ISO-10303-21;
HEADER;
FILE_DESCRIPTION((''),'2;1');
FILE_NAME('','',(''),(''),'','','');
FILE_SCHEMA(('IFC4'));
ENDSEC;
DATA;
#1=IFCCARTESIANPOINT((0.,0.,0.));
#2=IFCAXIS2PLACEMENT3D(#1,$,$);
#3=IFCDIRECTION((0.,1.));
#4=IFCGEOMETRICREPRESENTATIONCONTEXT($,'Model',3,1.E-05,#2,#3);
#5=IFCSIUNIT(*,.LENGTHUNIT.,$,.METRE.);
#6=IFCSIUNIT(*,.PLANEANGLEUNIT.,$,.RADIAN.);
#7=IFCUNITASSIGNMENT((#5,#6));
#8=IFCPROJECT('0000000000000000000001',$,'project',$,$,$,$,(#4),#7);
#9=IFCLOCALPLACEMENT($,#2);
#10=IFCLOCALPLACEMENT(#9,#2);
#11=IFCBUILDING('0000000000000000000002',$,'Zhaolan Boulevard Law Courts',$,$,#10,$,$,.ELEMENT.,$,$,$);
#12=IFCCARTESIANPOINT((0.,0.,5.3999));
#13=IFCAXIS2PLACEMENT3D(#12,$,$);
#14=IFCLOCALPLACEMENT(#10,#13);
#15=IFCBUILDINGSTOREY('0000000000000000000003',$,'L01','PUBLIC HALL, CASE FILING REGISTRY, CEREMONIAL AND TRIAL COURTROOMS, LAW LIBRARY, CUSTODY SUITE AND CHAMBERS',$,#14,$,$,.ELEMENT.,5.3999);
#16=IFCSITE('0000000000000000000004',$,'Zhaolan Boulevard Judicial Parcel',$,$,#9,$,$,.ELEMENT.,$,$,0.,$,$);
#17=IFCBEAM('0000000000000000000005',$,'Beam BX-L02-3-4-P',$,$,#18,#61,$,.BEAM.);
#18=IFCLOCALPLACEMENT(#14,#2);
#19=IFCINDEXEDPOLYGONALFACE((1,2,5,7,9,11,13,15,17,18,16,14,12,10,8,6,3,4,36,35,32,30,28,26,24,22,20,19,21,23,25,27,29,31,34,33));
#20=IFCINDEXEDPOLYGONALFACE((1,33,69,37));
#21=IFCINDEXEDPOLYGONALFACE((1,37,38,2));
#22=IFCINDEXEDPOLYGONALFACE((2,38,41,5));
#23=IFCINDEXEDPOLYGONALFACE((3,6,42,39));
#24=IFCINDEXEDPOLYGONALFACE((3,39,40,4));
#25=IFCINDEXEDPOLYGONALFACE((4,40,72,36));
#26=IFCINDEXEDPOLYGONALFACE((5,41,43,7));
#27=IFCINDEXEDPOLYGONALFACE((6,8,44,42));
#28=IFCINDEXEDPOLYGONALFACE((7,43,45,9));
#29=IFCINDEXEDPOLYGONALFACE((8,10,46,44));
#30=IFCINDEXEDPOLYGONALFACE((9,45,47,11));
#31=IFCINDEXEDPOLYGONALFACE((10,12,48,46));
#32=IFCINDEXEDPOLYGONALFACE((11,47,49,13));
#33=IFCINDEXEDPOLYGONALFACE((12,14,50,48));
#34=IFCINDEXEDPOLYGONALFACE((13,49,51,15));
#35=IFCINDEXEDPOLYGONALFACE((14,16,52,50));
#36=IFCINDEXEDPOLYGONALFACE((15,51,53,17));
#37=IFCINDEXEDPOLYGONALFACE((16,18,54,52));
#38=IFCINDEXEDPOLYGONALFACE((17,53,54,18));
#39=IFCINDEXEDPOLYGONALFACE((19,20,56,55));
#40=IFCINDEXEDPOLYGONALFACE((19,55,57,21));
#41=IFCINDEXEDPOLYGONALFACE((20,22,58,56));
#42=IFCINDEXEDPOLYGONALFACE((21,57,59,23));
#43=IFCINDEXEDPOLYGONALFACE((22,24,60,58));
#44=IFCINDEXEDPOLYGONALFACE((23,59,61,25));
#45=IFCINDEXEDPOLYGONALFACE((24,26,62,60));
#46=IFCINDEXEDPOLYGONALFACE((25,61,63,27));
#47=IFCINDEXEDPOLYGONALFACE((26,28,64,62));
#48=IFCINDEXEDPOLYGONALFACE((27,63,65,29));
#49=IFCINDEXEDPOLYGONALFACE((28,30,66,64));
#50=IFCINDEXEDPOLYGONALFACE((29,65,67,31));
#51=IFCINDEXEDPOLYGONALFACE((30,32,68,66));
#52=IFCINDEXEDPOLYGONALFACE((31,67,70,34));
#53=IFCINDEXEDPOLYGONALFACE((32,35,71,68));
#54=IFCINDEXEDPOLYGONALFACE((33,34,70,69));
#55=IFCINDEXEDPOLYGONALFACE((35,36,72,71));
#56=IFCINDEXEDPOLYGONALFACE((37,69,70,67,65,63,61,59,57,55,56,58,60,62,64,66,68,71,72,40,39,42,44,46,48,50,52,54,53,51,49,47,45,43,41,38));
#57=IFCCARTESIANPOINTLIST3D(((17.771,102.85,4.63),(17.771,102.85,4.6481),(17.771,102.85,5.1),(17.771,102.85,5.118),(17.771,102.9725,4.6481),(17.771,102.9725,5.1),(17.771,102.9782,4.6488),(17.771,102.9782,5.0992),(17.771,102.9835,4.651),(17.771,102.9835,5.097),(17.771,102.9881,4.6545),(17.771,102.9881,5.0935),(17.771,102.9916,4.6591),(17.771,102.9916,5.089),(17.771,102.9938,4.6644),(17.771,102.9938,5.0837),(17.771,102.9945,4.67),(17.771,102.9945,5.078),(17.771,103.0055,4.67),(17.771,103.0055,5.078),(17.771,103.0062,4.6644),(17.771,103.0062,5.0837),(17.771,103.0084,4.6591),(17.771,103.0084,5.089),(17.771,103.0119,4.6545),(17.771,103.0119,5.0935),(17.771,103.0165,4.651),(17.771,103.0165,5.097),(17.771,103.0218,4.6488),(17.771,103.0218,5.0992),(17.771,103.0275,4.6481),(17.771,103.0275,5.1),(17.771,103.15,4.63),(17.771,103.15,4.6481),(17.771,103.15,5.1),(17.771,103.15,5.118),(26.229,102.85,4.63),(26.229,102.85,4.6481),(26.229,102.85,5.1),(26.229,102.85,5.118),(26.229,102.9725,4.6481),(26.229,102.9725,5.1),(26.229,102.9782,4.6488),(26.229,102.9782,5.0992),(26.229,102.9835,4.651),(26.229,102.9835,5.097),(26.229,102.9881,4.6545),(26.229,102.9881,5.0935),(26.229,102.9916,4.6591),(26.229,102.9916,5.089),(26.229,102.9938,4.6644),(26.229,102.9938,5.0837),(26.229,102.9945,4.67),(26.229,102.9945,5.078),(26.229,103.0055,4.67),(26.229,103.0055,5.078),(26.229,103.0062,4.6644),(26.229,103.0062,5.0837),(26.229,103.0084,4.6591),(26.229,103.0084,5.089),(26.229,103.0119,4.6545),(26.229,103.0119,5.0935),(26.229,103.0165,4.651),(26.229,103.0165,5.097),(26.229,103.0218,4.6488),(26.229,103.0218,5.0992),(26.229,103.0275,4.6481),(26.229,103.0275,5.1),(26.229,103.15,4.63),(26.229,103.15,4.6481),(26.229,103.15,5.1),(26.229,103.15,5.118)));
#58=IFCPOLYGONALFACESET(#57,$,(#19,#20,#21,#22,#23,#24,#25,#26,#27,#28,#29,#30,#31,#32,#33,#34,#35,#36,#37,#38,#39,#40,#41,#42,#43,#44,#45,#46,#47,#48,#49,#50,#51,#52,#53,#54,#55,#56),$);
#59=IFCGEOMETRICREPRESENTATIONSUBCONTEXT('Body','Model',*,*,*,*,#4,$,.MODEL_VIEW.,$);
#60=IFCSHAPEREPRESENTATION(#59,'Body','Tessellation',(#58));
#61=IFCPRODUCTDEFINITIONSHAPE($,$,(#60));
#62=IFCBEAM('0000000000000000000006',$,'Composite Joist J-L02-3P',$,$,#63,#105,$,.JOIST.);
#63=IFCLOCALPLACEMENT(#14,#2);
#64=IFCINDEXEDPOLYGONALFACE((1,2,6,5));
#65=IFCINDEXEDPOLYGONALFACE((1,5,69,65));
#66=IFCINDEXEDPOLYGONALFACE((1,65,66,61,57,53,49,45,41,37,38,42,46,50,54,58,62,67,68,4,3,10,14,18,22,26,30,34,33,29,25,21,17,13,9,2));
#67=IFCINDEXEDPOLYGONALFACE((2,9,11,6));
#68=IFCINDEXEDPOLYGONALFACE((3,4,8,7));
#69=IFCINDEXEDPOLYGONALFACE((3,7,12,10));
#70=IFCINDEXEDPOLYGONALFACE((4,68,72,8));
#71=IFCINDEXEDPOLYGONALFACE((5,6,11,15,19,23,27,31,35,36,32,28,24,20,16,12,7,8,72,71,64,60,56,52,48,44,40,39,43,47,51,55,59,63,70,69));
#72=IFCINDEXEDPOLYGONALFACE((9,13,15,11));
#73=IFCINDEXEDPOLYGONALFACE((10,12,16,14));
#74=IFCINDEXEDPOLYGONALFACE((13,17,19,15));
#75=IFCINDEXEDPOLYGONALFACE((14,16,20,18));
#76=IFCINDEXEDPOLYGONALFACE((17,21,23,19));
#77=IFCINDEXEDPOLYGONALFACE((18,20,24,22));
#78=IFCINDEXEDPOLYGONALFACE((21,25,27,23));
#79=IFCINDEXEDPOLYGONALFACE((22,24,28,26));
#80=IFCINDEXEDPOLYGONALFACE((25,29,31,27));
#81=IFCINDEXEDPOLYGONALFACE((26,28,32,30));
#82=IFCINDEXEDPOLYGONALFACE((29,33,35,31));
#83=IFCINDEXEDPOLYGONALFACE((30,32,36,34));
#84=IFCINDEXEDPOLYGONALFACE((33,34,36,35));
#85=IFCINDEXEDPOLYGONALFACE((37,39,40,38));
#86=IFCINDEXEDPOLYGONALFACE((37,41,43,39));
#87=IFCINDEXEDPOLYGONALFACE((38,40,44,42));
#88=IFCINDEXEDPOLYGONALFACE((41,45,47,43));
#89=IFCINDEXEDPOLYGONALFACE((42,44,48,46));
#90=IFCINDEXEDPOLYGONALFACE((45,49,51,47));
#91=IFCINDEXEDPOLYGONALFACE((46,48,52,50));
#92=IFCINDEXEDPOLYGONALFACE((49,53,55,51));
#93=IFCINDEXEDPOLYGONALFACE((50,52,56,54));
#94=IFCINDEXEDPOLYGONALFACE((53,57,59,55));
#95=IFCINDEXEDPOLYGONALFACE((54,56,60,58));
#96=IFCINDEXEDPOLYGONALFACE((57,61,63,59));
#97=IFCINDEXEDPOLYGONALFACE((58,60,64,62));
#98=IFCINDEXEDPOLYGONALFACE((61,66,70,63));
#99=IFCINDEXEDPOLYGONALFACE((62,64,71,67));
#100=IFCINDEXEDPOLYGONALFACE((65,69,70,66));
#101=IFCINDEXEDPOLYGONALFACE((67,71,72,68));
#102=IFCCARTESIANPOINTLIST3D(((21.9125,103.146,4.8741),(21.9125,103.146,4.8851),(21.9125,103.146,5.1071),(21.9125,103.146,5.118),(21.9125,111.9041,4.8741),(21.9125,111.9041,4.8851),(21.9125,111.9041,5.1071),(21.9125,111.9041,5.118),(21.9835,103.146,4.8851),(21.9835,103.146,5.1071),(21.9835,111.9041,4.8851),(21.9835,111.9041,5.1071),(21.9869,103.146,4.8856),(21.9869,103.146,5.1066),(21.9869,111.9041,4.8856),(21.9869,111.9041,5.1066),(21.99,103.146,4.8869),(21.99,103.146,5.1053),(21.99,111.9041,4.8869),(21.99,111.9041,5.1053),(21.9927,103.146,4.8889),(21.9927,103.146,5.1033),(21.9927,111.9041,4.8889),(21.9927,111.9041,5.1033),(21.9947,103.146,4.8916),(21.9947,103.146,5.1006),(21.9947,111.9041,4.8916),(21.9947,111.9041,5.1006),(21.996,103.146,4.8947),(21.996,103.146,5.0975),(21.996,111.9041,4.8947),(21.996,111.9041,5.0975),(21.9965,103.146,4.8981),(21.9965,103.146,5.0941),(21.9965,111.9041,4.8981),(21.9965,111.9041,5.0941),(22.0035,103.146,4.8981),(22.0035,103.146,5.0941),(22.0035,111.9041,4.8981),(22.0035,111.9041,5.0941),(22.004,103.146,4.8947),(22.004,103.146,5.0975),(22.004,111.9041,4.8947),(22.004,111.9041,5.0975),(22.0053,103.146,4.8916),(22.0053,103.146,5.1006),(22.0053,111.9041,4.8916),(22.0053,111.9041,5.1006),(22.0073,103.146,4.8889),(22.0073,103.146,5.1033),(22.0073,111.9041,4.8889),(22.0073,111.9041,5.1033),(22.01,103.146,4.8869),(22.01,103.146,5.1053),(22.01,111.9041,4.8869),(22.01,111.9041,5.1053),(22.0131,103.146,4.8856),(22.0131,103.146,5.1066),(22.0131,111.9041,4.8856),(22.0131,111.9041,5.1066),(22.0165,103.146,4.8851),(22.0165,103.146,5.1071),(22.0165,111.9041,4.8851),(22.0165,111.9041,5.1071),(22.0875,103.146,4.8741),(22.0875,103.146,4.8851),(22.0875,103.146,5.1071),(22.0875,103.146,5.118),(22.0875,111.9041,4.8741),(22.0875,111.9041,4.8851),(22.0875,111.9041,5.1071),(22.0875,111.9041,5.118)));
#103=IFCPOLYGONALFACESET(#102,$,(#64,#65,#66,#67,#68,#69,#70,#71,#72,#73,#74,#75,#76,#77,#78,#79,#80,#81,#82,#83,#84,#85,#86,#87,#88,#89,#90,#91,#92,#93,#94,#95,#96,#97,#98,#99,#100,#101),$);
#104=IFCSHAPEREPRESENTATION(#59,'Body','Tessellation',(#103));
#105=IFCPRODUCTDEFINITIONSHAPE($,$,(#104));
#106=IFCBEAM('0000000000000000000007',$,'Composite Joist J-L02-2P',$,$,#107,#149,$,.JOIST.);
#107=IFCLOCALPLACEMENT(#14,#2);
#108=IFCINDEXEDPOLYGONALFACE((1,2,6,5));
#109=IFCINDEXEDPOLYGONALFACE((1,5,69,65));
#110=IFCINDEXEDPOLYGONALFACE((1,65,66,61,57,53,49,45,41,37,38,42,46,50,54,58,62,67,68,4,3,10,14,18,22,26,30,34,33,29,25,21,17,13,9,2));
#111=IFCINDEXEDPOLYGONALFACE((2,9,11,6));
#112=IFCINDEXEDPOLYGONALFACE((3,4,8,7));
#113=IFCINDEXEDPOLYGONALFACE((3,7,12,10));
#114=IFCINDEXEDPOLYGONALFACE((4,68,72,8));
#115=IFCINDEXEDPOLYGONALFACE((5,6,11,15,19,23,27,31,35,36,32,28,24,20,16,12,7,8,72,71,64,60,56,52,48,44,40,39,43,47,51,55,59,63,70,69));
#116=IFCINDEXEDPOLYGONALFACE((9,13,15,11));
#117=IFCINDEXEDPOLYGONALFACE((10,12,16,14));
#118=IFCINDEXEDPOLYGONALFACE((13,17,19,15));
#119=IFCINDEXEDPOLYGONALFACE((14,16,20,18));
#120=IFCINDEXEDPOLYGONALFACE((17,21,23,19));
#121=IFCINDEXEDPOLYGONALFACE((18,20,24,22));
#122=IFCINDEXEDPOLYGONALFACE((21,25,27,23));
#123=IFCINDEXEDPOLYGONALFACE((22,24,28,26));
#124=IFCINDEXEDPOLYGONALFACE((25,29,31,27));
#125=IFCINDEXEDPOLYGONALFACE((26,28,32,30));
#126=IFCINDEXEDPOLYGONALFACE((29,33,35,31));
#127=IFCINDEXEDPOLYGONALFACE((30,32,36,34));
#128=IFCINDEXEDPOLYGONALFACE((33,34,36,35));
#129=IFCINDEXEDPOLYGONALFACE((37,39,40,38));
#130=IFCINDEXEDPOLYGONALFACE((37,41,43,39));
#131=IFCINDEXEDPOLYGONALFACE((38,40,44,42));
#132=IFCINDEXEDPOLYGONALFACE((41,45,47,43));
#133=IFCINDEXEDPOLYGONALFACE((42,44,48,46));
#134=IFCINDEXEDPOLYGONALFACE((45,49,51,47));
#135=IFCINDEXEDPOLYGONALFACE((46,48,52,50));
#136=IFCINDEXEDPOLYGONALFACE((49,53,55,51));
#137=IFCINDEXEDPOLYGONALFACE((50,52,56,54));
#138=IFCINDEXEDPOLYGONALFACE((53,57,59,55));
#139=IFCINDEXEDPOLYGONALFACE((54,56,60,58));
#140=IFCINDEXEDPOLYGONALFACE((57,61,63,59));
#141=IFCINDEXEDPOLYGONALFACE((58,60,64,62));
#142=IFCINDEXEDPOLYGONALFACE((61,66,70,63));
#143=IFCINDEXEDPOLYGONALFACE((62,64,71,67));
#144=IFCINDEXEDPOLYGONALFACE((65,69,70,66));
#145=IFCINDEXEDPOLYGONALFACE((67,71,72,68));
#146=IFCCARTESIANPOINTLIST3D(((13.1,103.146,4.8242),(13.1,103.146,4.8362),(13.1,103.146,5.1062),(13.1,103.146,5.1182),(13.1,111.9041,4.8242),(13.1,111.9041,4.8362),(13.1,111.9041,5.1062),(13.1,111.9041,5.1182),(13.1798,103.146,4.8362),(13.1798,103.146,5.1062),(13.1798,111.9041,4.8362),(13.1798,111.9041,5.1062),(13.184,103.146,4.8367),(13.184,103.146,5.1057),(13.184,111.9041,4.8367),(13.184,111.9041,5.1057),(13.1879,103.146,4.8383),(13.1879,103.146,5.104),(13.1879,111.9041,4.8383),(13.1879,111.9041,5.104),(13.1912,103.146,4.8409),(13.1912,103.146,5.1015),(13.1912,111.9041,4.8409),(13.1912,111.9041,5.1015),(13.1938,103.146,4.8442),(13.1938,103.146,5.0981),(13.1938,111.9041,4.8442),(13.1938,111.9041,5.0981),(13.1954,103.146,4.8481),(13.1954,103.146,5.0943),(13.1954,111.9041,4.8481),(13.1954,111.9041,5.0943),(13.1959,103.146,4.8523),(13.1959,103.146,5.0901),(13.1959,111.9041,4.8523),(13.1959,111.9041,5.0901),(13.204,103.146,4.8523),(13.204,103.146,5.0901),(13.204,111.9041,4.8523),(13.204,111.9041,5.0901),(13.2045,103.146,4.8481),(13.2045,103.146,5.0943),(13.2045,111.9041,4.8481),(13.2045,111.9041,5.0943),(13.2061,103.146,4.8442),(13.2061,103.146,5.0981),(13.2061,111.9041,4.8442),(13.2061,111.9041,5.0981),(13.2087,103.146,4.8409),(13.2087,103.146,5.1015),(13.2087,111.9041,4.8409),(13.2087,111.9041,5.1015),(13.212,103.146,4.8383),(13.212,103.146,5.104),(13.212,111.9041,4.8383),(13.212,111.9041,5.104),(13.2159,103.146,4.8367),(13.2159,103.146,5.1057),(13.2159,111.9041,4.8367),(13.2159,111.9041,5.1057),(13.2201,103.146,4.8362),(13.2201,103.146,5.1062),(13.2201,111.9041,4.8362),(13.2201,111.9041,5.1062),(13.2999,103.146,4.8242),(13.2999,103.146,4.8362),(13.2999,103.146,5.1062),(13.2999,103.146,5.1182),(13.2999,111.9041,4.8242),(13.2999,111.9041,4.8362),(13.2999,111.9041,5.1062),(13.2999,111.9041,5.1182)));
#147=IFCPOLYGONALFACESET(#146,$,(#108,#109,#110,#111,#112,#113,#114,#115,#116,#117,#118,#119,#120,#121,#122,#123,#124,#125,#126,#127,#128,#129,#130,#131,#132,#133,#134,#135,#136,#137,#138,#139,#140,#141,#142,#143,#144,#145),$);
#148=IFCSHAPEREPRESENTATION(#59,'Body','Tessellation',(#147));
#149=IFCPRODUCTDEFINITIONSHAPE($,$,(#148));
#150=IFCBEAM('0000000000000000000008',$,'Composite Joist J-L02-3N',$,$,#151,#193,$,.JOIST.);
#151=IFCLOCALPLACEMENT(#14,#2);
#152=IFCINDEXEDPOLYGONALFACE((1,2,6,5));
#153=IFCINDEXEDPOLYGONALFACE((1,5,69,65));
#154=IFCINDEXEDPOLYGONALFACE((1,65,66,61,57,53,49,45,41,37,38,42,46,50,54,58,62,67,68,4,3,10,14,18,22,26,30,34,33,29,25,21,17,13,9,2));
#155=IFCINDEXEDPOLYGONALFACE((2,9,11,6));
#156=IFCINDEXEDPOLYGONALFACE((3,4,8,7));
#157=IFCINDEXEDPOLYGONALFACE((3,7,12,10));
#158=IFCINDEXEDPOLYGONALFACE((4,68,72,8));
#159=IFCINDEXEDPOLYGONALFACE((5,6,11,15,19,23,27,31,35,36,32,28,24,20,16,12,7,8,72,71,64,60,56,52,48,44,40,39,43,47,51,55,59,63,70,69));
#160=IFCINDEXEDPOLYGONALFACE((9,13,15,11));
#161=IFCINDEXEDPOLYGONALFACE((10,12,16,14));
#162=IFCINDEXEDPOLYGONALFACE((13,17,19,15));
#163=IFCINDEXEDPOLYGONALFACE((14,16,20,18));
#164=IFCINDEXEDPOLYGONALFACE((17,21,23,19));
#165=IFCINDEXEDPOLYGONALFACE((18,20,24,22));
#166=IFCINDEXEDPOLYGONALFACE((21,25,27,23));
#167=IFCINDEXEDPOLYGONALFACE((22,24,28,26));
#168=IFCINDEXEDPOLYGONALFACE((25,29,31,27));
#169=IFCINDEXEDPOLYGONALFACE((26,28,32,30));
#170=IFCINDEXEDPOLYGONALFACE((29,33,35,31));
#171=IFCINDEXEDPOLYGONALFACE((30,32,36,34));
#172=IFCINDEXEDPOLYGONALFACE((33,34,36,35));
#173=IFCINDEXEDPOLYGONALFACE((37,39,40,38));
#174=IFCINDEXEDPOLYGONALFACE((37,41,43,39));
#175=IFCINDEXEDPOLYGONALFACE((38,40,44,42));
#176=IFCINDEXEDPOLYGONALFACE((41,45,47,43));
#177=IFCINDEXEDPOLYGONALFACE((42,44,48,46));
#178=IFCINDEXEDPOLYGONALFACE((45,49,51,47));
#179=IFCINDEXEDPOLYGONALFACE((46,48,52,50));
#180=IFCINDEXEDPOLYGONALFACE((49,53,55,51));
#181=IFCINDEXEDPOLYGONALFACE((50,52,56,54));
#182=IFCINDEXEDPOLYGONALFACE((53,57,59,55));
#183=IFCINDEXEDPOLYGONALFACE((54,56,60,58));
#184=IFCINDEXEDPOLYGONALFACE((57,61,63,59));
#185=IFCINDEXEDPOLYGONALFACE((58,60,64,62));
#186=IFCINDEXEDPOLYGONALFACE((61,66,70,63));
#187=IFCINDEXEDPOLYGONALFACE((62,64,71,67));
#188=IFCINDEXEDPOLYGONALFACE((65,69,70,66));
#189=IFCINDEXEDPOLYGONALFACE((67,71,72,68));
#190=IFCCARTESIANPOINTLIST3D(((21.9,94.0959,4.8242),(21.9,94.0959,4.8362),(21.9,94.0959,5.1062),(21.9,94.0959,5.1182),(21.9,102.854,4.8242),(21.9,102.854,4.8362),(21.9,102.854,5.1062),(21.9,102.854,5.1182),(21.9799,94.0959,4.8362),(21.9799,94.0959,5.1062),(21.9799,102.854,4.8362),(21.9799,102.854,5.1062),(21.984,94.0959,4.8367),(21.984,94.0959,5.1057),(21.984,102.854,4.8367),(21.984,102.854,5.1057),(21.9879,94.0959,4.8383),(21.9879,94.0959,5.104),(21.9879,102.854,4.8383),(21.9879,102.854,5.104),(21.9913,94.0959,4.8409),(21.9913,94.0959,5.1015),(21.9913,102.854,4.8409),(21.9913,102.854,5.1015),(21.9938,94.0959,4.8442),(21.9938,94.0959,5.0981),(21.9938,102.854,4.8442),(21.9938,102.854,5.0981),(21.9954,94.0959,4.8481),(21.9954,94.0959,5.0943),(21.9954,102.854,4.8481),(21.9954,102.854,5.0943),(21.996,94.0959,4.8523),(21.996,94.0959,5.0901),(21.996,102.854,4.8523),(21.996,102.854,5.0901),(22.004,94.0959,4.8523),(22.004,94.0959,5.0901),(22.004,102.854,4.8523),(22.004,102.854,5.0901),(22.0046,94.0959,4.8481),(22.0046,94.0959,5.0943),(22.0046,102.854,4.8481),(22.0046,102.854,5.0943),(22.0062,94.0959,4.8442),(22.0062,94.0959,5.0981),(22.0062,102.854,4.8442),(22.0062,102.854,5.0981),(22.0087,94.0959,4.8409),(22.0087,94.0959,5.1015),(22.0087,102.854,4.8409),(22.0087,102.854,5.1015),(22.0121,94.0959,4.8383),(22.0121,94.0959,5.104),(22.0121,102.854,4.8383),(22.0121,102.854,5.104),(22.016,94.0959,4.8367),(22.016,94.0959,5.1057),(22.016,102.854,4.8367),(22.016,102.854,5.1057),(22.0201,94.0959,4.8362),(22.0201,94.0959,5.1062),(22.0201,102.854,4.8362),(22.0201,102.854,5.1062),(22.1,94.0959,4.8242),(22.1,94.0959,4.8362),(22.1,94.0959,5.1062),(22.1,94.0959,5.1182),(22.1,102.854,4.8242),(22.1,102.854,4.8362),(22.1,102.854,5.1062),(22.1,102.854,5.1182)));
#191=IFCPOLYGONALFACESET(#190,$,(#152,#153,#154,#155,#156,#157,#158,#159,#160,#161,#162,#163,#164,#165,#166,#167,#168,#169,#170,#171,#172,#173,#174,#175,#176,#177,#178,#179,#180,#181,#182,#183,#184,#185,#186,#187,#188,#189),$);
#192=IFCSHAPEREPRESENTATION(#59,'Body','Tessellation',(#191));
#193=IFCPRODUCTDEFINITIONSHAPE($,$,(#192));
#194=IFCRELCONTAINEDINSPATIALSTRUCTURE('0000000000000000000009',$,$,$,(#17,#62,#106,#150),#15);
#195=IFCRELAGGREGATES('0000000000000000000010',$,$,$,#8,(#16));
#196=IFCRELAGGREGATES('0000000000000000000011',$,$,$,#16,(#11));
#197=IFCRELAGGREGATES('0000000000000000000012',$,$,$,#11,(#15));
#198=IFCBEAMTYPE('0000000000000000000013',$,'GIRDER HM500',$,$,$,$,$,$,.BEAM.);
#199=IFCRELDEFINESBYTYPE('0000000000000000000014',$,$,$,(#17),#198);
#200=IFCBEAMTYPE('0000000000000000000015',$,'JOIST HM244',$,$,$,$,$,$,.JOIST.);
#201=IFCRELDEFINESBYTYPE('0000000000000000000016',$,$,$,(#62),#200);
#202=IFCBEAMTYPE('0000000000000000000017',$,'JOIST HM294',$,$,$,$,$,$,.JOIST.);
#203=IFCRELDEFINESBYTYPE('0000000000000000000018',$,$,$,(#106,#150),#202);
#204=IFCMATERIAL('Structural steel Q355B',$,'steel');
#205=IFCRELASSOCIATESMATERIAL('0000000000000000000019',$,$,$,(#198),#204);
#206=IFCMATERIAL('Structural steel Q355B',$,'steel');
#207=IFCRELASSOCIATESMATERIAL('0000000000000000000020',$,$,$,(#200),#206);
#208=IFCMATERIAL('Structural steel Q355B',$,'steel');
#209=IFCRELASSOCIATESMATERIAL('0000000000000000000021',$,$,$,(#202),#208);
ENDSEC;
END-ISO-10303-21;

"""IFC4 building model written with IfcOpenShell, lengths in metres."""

from ifc_helpers import new_model, si_unit, direction, frame, origin, origin_2d, place, context, subcontext, project, spatial, i_section, extrude, material, material_profile, profile_set, type_object, element, save


model = new_model("IFC4")

# Units and contexts
model_context = context("Model", 3, precision=1e-05, world=origin(), true_north=direction((0.0, 1.0)))
body_context = subcontext(model_context, "Body", "Model", "MODEL_VIEW")
ifc_project = project(units=[si_unit("LENGTHUNIT", "METRE"), si_unit("PLANEANGLEUNIT", "RADIAN")], contexts=[model_context])

# Site, building, storey
site_placement = place(None, origin())
site = spatial("IfcSite", under=ifc_project, at=site_placement, Name="Zhaolan Boulevard Judicial Parcel", CompositionType="ELEMENT", RefElevation=0.0)
building_placement = place(site_placement, origin())
building = spatial("IfcBuilding", under=site, at=building_placement, Name="Zhaolan Boulevard Law Courts", CompositionType="ELEMENT")
storey_placement = place(building_placement, frame((0.0, 0.0, 5.3999)))
storey = spatial("IfcBuildingStorey", under=building, at=storey_placement, Name="L01", Description="PUBLIC HALL, CASE FILING REGISTRY, CEREMONIAL AND TRIAL COURTROOMS, LAW LIBRARY, CUSTODY SUITE AND CHAMBERS", CompositionType="ELEMENT", Elevation=5.3999)

# Beams
ifc_material_1 = material(Name="Structural steel Q355B", Category="steel")
ifc_material_profile_1 = material_profile(ifc_material_1, i_section(OverallWidth=0.3, OverallDepth=0.488, WebThickness=0.011, FlangeThickness=0.0181, FilletRadius=0.022, at=origin_2d()), Name="HM488x300")
ifc_profile_set_1 = profile_set([ifc_material_profile_1], Name="Structural steel Q355B")
beam_type_1 = type_object("IfcBeamType", Name="GIRDER HM500", PredefinedType="BEAM", material=ifc_profile_set_1)
beam_1_placement = place(storey_placement, frame((17.771, 103.0, 4.874), z_axis=(1.0, 0.0, 0.0), x_axis=(0.0, 1.0, 0.0)))
element("IfcBeam", 1, at=beam_1_placement, inside=storey, type_object=beam_type_1, Name="Beam BX-L02-3-4-P", PredefinedType="BEAM", context=body_context, shape_type="SweptSolid", body=[
    extrude(i_section(OverallWidth=0.3, OverallDepth=0.488, WebThickness=0.011, FlangeThickness=0.0181, FilletRadius=0.022, at=origin_2d()), origin(), (0.0, 0.0, 1.0), 8.458),
])
ifc_material_2 = material(Name="Structural steel Q355B", Category="steel")
ifc_material_profile_2 = material_profile(ifc_material_2, i_section(OverallWidth=0.175, OverallDepth=0.2439, WebThickness=0.0071, FlangeThickness=0.011, FilletRadius=0.0129, at=origin_2d()), Name="HM244x175")
ifc_profile_set_2 = profile_set([ifc_material_profile_2], Name="Structural steel Q355B")
beam_type_2 = type_object("IfcBeamType", Name="JOIST HM244", PredefinedType="JOIST", material=ifc_profile_set_2)
beam_2_placement = place(storey_placement, frame((22.0, 103.146, 4.9961), z_axis=(0.0, 1.0, 0.0), x_axis=(-1.0, 0.0, 0.0)))
element("IfcBeam", 2, at=beam_2_placement, inside=storey, type_object=beam_type_2, Name="Composite Joist J-L02-3P", PredefinedType="JOIST", context=body_context, shape_type="SweptSolid", body=[
    extrude(i_section(OverallWidth=0.175, OverallDepth=0.2439, WebThickness=0.0071, FlangeThickness=0.011, FilletRadius=0.0129, at=origin_2d()), origin(), (0.0, 0.0, 1.0), 8.7581),
])
ifc_material_3 = material(Name="Structural steel Q355B", Category="steel")
ifc_material_profile_3 = material_profile(ifc_material_3, i_section(OverallWidth=0.2, OverallDepth=0.2939, WebThickness=0.0081, FlangeThickness=0.012, FilletRadius=0.0161, at=origin_2d()), Name="HM294x200")
ifc_profile_set_3 = profile_set([ifc_material_profile_3], Name="Structural steel Q355B")
beam_type_3 = type_object("IfcBeamType", Name="JOIST HM294", PredefinedType="JOIST", material=ifc_profile_set_3)
for number, where, z_axis, x_axis, name in (
    (3, (13.2, 103.146, 4.9712), (0.0, 1.0, 0.0), (-1.0, 0.0, 0.0), "Composite Joist J-L02-2P"),
    (4, (22.0, 94.0959, 4.9712), (0.0, 1.0, 0.0), (-1.0, 0.0, 0.0), "Composite Joist J-L02-3N"),
):
    element("IfcBeam", number, at=place(storey_placement, frame(where, z_axis=z_axis, x_axis=x_axis)), inside=storey, type_object=beam_type_3, Name=name, PredefinedType="JOIST", context=body_context, shape_type="SweptSolid", body=[
        extrude(i_section(OverallWidth=0.2, OverallDepth=0.2939, WebThickness=0.0081, FlangeThickness=0.012, FilletRadius=0.0161, at=origin_2d()), origin(), (0.0, 0.0, 1.0), 8.7581),
    ])

save(model, "model.ifc")
